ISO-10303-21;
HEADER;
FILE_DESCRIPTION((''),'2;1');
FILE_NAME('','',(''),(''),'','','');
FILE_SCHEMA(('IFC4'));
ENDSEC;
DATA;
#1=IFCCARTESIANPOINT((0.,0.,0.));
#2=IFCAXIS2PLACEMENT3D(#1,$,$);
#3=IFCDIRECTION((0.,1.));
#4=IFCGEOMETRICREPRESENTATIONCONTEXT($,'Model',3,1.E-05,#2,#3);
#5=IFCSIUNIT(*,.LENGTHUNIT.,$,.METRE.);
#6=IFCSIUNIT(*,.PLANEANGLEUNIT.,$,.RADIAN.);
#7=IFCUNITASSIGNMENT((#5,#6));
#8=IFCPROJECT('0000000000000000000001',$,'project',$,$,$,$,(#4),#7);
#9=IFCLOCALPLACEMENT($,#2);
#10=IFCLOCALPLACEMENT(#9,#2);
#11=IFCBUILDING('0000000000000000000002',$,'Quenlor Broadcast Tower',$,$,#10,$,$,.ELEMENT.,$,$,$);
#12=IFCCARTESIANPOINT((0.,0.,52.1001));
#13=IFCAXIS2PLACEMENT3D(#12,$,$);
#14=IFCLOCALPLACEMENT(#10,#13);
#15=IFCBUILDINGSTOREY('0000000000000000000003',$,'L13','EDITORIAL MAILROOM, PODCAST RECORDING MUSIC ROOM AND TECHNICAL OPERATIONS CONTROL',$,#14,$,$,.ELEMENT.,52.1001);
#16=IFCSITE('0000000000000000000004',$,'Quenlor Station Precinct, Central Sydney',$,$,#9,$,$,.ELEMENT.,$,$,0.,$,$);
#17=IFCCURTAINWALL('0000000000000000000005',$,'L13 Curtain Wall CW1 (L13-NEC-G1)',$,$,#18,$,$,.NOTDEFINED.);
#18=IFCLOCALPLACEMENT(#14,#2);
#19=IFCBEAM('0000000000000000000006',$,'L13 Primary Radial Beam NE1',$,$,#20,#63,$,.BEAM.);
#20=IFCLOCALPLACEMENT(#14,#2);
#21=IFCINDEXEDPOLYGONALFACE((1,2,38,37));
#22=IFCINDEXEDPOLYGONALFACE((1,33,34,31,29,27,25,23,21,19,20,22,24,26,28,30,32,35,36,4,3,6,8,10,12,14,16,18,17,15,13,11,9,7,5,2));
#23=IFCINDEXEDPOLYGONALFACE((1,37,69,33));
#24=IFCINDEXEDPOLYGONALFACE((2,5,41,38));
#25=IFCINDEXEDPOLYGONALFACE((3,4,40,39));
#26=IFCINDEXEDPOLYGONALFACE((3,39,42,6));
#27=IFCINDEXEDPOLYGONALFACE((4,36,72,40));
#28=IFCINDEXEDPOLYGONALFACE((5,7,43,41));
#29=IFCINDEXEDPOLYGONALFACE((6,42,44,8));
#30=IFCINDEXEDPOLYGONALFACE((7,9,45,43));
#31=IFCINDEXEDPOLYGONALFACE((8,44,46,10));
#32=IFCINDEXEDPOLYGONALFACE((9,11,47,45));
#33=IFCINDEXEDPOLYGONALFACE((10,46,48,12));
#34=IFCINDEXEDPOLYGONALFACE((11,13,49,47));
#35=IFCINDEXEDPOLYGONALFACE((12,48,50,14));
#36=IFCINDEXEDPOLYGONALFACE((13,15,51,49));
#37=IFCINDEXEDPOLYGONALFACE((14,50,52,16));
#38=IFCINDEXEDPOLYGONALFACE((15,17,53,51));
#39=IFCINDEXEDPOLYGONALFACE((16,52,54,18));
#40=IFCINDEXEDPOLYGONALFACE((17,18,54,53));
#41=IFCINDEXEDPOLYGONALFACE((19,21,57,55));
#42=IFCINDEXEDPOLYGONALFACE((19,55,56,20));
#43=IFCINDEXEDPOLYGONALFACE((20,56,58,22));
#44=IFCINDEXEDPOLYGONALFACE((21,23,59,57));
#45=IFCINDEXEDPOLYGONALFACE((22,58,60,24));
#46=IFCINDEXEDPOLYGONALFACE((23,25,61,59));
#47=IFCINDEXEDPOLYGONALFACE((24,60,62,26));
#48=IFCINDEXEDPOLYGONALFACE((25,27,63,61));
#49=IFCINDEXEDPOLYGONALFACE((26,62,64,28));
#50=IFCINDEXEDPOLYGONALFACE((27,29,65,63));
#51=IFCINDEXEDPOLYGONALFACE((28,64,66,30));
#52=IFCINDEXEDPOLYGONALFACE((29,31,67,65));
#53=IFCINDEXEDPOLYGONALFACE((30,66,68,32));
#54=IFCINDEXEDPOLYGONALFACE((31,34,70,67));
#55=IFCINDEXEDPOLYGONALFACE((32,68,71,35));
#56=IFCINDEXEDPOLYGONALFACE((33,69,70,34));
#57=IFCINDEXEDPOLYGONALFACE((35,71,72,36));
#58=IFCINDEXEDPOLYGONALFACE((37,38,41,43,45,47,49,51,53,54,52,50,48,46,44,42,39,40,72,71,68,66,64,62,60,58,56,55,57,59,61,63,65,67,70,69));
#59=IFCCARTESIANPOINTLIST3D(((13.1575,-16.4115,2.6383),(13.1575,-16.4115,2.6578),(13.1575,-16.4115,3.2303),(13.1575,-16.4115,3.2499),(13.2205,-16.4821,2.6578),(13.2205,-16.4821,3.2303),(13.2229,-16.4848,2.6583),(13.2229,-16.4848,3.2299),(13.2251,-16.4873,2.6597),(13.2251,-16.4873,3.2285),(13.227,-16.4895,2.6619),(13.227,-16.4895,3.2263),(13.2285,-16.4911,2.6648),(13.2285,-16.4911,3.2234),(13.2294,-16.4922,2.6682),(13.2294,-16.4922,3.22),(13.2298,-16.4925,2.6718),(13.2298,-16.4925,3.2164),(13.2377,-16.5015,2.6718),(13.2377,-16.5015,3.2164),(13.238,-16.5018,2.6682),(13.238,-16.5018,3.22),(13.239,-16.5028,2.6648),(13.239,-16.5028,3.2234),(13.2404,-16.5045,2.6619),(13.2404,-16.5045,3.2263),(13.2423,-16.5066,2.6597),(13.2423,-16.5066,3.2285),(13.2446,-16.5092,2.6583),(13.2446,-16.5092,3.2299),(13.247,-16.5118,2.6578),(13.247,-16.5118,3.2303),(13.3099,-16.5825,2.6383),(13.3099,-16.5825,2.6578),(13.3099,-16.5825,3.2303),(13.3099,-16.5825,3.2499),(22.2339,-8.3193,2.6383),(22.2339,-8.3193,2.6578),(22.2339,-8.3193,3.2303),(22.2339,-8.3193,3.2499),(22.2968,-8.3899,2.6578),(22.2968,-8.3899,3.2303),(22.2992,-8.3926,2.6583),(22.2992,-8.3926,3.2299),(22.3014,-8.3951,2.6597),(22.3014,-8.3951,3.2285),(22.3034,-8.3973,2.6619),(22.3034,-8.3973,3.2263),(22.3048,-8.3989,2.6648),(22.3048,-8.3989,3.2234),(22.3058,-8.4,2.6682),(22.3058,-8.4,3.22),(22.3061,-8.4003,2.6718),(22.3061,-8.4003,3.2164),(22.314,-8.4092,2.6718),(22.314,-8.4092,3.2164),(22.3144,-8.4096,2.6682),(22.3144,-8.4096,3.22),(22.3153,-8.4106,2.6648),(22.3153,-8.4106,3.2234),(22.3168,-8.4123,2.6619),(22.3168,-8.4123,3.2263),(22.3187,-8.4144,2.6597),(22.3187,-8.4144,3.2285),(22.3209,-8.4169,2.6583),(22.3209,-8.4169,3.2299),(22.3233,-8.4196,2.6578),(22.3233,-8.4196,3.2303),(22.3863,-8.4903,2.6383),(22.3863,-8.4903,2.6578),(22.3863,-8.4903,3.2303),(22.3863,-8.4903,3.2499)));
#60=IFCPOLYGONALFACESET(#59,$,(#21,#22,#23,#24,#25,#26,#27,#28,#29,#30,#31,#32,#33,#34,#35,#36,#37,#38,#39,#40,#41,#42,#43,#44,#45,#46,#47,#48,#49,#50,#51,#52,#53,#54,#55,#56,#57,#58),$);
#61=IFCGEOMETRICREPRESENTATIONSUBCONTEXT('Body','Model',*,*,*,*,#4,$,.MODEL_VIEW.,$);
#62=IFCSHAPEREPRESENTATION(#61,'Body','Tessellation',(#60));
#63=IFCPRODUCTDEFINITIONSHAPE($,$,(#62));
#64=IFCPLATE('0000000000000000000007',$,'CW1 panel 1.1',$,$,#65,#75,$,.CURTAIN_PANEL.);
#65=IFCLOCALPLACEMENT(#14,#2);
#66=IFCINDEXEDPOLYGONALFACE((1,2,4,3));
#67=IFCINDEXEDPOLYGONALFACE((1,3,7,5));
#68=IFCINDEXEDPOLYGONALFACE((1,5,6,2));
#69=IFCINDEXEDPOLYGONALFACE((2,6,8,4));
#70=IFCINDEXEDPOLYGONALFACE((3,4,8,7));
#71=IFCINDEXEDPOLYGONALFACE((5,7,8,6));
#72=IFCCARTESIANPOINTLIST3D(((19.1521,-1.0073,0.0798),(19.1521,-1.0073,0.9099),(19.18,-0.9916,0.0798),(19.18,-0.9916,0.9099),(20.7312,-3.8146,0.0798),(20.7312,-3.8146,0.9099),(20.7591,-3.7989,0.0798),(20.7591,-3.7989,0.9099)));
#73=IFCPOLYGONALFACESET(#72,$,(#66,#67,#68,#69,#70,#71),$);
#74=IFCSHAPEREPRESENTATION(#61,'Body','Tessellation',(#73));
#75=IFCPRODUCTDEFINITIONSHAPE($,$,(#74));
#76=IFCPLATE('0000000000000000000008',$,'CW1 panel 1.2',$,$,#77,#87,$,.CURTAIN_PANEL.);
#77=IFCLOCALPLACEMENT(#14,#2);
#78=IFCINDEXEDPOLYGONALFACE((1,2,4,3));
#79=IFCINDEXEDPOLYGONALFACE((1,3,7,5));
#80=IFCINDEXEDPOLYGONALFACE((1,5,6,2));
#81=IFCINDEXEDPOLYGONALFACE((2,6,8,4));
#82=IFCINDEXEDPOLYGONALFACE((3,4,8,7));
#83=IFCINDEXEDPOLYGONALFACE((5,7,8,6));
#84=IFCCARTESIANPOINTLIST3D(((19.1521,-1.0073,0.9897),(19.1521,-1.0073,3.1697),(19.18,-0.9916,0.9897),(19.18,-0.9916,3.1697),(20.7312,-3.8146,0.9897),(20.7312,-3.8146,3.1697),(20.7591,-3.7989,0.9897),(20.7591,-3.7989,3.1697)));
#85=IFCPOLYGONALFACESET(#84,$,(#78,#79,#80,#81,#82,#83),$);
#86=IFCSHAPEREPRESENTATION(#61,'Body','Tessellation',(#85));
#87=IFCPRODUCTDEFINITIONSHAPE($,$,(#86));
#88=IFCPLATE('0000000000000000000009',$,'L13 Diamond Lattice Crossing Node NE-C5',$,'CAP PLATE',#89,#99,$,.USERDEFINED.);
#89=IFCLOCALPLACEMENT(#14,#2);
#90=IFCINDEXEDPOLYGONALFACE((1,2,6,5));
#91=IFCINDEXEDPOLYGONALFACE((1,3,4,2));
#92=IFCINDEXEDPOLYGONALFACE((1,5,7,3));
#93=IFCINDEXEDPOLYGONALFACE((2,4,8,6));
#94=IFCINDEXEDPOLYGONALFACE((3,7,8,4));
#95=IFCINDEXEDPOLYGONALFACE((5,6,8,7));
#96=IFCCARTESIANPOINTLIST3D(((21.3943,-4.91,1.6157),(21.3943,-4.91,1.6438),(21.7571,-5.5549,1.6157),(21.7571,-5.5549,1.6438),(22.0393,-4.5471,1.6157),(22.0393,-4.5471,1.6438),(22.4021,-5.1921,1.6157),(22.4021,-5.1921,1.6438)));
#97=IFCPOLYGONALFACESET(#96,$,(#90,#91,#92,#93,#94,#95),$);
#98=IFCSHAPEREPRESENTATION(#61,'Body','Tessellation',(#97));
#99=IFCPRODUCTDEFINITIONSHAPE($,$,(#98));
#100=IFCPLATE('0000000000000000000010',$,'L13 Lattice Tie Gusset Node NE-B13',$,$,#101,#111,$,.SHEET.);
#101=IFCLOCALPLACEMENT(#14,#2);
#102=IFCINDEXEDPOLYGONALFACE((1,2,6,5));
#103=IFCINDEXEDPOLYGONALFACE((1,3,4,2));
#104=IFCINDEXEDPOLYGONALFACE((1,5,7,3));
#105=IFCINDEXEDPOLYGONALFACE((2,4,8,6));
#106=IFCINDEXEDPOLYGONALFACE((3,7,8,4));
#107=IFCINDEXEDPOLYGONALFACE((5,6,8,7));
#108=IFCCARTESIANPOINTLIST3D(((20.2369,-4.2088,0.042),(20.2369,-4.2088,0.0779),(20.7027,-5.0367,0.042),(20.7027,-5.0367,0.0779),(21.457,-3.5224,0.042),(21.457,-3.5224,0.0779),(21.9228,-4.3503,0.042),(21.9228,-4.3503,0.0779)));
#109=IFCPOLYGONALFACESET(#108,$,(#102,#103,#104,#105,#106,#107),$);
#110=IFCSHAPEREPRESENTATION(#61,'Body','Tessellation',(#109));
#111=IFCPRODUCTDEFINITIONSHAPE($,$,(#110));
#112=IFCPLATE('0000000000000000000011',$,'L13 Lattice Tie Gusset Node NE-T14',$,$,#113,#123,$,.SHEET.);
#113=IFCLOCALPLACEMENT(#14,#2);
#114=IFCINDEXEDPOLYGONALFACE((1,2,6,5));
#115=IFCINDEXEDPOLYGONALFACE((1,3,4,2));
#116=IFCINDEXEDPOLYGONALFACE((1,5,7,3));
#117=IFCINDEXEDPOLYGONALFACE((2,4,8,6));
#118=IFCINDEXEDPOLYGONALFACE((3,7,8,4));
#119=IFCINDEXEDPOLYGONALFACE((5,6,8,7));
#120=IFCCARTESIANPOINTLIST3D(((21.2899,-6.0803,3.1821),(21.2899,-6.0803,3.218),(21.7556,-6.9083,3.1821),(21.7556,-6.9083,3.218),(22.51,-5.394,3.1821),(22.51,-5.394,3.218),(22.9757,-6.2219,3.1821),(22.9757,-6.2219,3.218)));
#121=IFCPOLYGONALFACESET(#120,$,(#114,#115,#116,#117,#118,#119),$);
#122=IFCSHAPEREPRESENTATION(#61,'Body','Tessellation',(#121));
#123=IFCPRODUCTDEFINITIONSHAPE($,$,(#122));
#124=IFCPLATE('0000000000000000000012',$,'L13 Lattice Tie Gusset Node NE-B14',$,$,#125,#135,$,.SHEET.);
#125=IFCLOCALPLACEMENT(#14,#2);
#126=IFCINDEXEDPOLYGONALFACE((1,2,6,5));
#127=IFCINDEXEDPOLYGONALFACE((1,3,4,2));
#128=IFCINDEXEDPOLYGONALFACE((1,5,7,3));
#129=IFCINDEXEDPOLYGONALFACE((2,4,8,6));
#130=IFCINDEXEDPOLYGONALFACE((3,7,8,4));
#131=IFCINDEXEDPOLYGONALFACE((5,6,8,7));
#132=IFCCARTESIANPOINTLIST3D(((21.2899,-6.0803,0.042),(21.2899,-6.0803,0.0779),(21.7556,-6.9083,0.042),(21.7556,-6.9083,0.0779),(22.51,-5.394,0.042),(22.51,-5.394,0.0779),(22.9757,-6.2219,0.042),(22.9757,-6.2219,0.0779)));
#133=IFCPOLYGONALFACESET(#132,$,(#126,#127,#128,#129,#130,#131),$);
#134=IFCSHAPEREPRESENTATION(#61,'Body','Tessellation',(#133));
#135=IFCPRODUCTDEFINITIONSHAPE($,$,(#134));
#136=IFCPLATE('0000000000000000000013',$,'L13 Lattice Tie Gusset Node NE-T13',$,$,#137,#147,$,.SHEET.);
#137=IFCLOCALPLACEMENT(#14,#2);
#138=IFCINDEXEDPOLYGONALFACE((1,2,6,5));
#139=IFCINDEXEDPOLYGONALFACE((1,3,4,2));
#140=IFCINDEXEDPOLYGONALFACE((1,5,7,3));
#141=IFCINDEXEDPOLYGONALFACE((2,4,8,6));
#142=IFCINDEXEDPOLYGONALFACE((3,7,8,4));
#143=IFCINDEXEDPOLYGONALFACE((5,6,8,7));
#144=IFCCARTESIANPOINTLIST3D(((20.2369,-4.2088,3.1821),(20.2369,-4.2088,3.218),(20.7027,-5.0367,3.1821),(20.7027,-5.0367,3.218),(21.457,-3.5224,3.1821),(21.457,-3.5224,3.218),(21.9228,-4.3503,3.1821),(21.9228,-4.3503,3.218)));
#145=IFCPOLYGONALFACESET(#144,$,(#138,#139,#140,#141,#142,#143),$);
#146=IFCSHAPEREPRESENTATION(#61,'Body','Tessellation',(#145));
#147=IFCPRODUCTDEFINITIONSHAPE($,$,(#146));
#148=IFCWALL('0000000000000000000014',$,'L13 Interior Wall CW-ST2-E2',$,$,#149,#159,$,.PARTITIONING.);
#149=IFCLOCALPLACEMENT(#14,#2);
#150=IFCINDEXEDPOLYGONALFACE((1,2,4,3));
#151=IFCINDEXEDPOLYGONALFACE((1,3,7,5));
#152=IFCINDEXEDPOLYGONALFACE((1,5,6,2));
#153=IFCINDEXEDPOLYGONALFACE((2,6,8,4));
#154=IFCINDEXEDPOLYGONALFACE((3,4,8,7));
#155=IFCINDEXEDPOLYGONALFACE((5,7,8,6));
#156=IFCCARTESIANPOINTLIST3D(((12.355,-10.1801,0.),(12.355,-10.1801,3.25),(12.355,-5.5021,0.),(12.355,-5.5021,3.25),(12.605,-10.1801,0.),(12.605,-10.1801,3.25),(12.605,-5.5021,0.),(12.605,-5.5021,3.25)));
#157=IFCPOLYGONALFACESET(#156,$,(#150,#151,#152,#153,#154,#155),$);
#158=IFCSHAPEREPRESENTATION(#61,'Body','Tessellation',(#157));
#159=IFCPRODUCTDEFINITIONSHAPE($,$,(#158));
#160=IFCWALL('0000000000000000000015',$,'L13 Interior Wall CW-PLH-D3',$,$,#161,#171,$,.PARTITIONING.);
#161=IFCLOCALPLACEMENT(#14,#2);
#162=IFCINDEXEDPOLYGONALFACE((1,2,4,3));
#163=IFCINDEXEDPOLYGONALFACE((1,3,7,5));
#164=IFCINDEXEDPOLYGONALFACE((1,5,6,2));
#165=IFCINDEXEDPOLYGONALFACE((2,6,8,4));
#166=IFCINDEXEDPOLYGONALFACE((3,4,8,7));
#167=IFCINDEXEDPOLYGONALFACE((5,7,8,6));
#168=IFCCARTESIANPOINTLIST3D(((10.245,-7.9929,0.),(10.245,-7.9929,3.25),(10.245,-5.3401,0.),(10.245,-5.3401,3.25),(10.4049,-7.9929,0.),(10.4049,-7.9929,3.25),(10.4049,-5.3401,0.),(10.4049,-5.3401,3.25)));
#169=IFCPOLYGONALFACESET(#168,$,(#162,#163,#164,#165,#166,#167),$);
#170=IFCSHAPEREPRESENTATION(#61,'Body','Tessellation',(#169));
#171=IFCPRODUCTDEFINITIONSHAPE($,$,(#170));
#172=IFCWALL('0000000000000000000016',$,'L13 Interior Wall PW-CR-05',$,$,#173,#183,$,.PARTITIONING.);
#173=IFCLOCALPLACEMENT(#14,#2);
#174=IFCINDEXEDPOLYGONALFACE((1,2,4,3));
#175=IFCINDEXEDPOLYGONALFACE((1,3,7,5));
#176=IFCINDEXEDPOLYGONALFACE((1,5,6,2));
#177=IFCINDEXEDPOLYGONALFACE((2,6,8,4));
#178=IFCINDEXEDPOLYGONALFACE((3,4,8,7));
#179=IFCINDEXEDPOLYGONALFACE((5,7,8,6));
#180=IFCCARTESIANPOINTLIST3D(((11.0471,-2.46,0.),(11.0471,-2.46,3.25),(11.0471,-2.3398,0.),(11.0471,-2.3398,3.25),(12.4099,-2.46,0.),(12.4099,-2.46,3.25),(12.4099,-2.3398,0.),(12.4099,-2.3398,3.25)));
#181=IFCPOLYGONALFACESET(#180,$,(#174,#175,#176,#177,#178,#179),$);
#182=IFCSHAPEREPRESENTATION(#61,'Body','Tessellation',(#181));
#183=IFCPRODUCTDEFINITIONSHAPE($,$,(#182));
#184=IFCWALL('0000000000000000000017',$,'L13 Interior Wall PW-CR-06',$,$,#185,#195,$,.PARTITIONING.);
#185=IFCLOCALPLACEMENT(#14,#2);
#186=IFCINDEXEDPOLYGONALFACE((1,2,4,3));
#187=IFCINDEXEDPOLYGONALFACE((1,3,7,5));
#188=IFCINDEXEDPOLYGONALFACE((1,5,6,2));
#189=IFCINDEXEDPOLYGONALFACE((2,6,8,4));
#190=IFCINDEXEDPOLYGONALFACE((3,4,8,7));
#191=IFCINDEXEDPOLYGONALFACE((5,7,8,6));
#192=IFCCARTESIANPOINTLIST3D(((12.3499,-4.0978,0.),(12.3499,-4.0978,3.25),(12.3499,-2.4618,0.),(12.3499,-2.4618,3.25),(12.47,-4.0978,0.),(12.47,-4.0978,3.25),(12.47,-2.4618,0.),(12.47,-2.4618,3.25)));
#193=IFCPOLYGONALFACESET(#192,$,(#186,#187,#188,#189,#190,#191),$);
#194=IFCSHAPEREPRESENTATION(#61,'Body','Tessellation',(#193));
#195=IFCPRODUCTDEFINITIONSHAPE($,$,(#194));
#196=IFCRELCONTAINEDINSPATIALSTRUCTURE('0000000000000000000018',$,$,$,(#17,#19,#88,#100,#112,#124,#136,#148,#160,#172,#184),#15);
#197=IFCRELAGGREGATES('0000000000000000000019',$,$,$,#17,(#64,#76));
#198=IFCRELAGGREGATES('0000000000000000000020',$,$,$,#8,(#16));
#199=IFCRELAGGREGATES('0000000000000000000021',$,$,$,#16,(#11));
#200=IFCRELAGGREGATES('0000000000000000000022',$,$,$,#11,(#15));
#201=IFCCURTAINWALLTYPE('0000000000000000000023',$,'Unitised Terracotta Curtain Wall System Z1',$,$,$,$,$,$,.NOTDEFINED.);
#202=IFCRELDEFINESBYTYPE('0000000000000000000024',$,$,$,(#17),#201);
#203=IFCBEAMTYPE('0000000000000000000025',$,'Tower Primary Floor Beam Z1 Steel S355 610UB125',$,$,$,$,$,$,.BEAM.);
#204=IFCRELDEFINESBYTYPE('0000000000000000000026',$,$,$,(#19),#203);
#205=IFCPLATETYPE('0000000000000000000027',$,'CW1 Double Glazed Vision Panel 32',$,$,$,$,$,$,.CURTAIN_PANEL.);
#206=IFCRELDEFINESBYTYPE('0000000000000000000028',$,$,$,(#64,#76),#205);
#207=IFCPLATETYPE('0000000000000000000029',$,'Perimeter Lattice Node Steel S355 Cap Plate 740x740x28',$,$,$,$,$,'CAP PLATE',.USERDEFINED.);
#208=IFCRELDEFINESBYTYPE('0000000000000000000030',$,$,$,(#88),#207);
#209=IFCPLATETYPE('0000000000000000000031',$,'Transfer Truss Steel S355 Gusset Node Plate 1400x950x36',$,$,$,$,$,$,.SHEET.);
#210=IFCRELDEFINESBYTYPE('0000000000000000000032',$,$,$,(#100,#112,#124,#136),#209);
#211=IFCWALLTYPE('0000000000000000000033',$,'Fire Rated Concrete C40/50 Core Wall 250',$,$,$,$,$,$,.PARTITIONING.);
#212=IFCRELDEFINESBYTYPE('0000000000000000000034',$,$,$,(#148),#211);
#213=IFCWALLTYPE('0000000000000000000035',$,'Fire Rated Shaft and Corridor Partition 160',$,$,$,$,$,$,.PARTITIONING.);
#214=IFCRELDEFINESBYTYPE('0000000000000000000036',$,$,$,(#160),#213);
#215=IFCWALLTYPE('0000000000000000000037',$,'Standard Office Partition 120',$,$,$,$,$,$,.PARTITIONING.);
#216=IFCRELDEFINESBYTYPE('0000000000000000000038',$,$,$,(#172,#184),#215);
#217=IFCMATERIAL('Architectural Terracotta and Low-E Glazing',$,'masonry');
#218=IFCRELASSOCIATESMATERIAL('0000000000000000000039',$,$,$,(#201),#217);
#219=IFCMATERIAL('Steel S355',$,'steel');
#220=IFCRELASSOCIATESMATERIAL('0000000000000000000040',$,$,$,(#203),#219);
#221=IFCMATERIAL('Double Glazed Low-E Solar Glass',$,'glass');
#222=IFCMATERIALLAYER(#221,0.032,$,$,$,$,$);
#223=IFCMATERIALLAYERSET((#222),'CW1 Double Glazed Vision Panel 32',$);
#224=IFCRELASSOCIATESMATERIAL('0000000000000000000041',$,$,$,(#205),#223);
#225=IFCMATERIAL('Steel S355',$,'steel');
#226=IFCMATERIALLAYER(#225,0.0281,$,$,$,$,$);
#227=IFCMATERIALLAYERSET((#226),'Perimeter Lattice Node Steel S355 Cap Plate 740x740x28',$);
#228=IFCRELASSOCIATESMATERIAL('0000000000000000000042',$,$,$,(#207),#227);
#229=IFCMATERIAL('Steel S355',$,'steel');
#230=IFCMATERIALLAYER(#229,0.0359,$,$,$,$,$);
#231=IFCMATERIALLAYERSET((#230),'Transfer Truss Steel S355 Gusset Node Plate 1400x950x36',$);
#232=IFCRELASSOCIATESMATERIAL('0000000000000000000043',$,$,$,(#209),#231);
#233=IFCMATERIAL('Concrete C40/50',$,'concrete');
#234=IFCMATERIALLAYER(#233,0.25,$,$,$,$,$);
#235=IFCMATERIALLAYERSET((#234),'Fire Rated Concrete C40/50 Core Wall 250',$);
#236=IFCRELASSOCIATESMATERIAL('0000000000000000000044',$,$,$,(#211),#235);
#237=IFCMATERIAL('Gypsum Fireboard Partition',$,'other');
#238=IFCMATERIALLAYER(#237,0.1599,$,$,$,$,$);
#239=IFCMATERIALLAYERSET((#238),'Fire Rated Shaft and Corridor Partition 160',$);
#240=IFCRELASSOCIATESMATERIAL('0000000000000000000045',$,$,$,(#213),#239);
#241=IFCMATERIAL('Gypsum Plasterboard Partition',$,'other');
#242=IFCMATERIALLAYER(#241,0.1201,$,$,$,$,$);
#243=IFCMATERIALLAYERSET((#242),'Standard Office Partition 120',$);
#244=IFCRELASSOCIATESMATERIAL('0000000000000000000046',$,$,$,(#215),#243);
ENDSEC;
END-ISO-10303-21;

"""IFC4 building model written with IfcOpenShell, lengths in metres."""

from ifc_helpers import new_model, si_unit, direction, frame, frame_2d, origin, origin_2d, place, context, subcontext, project, spatial, rectangle, i_section, extrude, material, layer, layer_set, material_profile, profile_set, type_object, element, aggregate, save


model = new_model("IFC4")

# Units and contexts
model_context = context("Model", 3, precision=1e-05, world=origin(), true_north=direction((0.0, 1.0)))
body_context = subcontext(model_context, "Body", "Model", "MODEL_VIEW")
ifc_project = project(units=[si_unit("LENGTHUNIT", "METRE"), si_unit("PLANEANGLEUNIT", "RADIAN")], contexts=[model_context])

# Site, building, storey
site_placement = place(None, origin())
site = spatial("IfcSite", under=ifc_project, at=site_placement, Name="Quenlor Station Precinct, Central Sydney", CompositionType="ELEMENT", RefElevation=0.0)
building_placement = place(site_placement, origin())
building = spatial("IfcBuilding", under=site, at=building_placement, Name="Quenlor Broadcast Tower", CompositionType="ELEMENT")
storey_placement = place(building_placement, frame((0.0, 0.0, 52.1001)))
storey = spatial("IfcBuildingStorey", under=building, at=storey_placement, Name="L13", Description="EDITORIAL MAILROOM, PODCAST RECORDING MUSIC ROOM AND TECHNICAL OPERATIONS CONTROL", CompositionType="ELEMENT", Elevation=52.1001)

# Curtain wall
ifc_material_1 = material(Name="Architectural Terracotta and Low-E Glazing", Category="masonry")
curtain_wall_type = type_object("IfcCurtainWallType", Name="Unitised Terracotta Curtain Wall System Z1", PredefinedType="NOTDEFINED", material=ifc_material_1)
curtain_wall_placement = place(storey_placement, origin())
curtain_wall = element("IfcCurtainWall", 1, at=curtain_wall_placement, inside=storey, type_object=curtain_wall_type, Name="L13 Curtain Wall CW1 (L13-NEC-G1)", PredefinedType="NOTDEFINED")

# Beam
ifc_material_2 = material(Name="Steel S355", Category="steel")
ifc_material_profile_1 = material_profile(ifc_material_2, i_section(OverallWidth=0.229, OverallDepth=0.6116, WebThickness=0.012, FlangeThickness=0.0195, FilletRadius=0.0139, at=origin_2d()))
ifc_profile_set_1 = profile_set([ifc_material_profile_1], Name="Steel S355 610UB125")
beam_type_1 = type_object("IfcBeamType", Name="Tower Primary Floor Beam Z1 Steel S355 610UB125", PredefinedType="BEAM", material=ifc_profile_set_1)
beam_1_placement = place(storey_placement, frame((22.3101, -8.4048, 2.9441), z_axis=(-0.746414, -0.665482, 0.0), x_axis=(0.665482, -0.746414, 0.0)))
element("IfcBeam", 2, at=beam_1_placement, inside=storey, type_object=beam_type_1, Name="L13 Primary Radial Beam NE1", PredefinedType="BEAM", context=body_context, shape_type="SweptSolid", body=[
    extrude(i_section(OverallWidth=0.229, OverallDepth=0.6116, WebThickness=0.012, FlangeThickness=0.0195, FilletRadius=0.0139, at=origin_2d()), origin(), (0.0, 0.0, 1.0), 12.1599),
])

# Plates
ifc_material_3 = material(Name="Double Glazed Low-E Solar Glass", Category="glass")
ifc_layer_1 = layer(ifc_material_3, 0.032)
ifc_layer_set_1 = layer_set([ifc_layer_1], Name="CW1 Double Glazed Vision Panel 32")
plate_type_1 = type_object("IfcPlateType", Name="CW1 Double Glazed Vision Panel 32", PredefinedType="CURTAIN_PANEL", material=ifc_layer_set_1)
plate_1_placement = place(storey_placement, frame((19.9556, -2.4031, 0.0798), z_axis=(0.0, 0.0, 1.0), x_axis=(0.490257, -0.871578, 0.0)))
plate_1 = element("IfcPlate", 3, at=plate_1_placement, type_object=plate_type_1, Name="CW1 panel 1.1", PredefinedType="CURTAIN_PANEL", context=body_context, shape_type="SweptSolid", body=[
    extrude(rectangle(XDim=3.2209, YDim=0.032, at=origin_2d()), origin(), (0.0, 0.0, 1.0), 0.8301),
])
plate_2_placement = place(storey_placement, frame((19.9556, -2.4031, 0.9897), z_axis=(0.0, 0.0, 1.0), x_axis=(0.490257, -0.871578, 0.0)))
plate_2 = element("IfcPlate", 4, at=plate_2_placement, type_object=plate_type_1, Name="CW1 panel 1.2", PredefinedType="CURTAIN_PANEL", context=body_context, shape_type="SweptSolid", body=[
    extrude(rectangle(XDim=3.2209, YDim=0.032, at=origin_2d()), origin(), (0.0, 0.0, 1.0), 2.1799),
])
aggregate(curtain_wall, [plate_1, plate_2])

# Plates
ifc_material_4 = material(Name="Steel S355", Category="steel")
ifc_layer_2 = layer(ifc_material_4, 0.0281)
ifc_layer_set_2 = layer_set([ifc_layer_2], Name="Perimeter Lattice Node Steel S355 Cap Plate 740x740x28")
plate_type_2 = type_object("IfcPlateType", Name="Perimeter Lattice Node Steel S355 Cap Plate 740x740x28", ElementType="CAP PLATE", PredefinedType="USERDEFINED", material=ifc_layer_set_2)
plate_3_placement = place(storey_placement, frame((21.8982, -5.051, 1.6157), z_axis=(0.0, 0.0, 1.0), x_axis=(0.490295, -0.871556, 0.0)))
element("IfcPlate", 5, at=plate_3_placement, inside=storey, type_object=plate_type_2, Name="L13 Diamond Lattice Crossing Node NE-C5", ObjectType="CAP PLATE", PredefinedType="USERDEFINED", context=body_context, shape_type="SweptSolid", body=[
    extrude(rectangle(XDim=0.74, YDim=0.74, at=origin_2d()), origin(), (0.0, 0.0, 1.0), 0.0281),
])
ifc_material_5 = material(Name="Steel S355", Category="steel")
ifc_layer_3 = layer(ifc_material_5, 0.0359)
ifc_layer_set_3 = layer_set([ifc_layer_3], Name="Transfer Truss Steel S355 Gusset Node Plate 1400x950x36")
plate_type_3 = type_object("IfcPlateType", Name="Transfer Truss Steel S355 Gusset Node Plate 1400x950x36", PredefinedType="SHEET", material=ifc_layer_set_3)
for number, where, z_axis, x_axis, name in (
    (6, (21.0798, -4.2795, 0.042), (0.0, 0.0, 1.0), (0.871556, 0.490295, 0.0), "L13 Lattice Tie Gusset Node NE-B13"),
    (7, (22.1328, -6.1511, 3.1821), (0.0, 0.0, 1.0), (0.871556, 0.490295, 0.0), "L13 Lattice Tie Gusset Node NE-T14"),
    (8, (22.1328, -6.1511, 0.042), (0.0, 0.0, 1.0), (0.871556, 0.490295, 0.0), "L13 Lattice Tie Gusset Node NE-B14"),
    (9, (21.0798, -4.2795, 3.1821), (0.0, 0.0, 1.0), (0.871556, 0.490295, 0.0), "L13 Lattice Tie Gusset Node NE-T13"),
):
    element("IfcPlate", number, at=place(storey_placement, frame(where, z_axis=z_axis, x_axis=x_axis)), inside=storey, type_object=plate_type_3, Name=name, PredefinedType="SHEET", context=body_context, shape_type="SweptSolid", body=[
        extrude(rectangle(XDim=1.3999, YDim=0.95, at=origin_2d()), origin(), (0.0, 0.0, 1.0), 0.0359),
    ])

# Walls
ifc_material_6 = material(Name="Concrete C40/50", Category="concrete")
ifc_layer_4 = layer(ifc_material_6, 0.25)
ifc_layer_set_4 = layer_set([ifc_layer_4], Name="Fire Rated Concrete C40/50 Core Wall 250")
wall_type_1 = type_object("IfcWallType", Name="Fire Rated Concrete C40/50 Core Wall 250", PredefinedType="PARTITIONING", material=ifc_layer_set_4)
wall_1_placement = place(storey_placement, frame((12.48, -10.1799, 0.0), z_axis=(0.0, 0.0, 1.0), x_axis=(0.0, 1.0, 0.0)))
element("IfcWall", 10, at=wall_1_placement, inside=storey, type_object=wall_type_1, Name="L13 Interior Wall CW-ST2-E2", PredefinedType="PARTITIONING", context=body_context, shape_type="SweptSolid", body=[
    extrude(rectangle(XDim=4.678, YDim=0.25, at=frame_2d((2.3389, 0.0))), origin(), (0.0, 0.0, 1.0), 3.25),
])
ifc_material_7 = material(Name="Gypsum Fireboard Partition", Category="other")
ifc_layer_5 = layer(ifc_material_7, 0.1599)
ifc_layer_set_5 = layer_set([ifc_layer_5], Name="Fire Rated Shaft and Corridor Partition 160")
wall_type_2 = type_object("IfcWallType", Name="Fire Rated Shaft and Corridor Partition 160", PredefinedType="PARTITIONING", material=ifc_layer_set_5)
wall_2_placement = place(storey_placement, frame((10.325, -7.9929, 0.0), z_axis=(0.0, 0.0, 1.0), x_axis=(0.0, 1.0, 0.0)))
element("IfcWall", 11, at=wall_2_placement, inside=storey, type_object=wall_type_2, Name="L13 Interior Wall CW-PLH-D3", PredefinedType="PARTITIONING", context=body_context, shape_type="SweptSolid", body=[
    extrude(rectangle(XDim=2.6528, YDim=0.1599, at=frame_2d((1.3264, 0.0))), origin(), (0.0, 0.0, 1.0), 3.25),
])
ifc_material_8 = material(Name="Gypsum Plasterboard Partition", Category="other")
ifc_layer_6 = layer(ifc_material_8, 0.1201)
ifc_layer_set_6 = layer_set([ifc_layer_6], Name="Standard Office Partition 120")
wall_type_3 = type_object("IfcWallType", Name="Standard Office Partition 120", PredefinedType="PARTITIONING", material=ifc_layer_set_6)
wall_3_placement = place(storey_placement, frame((11.0471, -2.3999, 0.0), z_axis=(0.0, 0.0, 1.0), x_axis=(1.0, 0.0, 0.0)))
element("IfcWall", 12, at=wall_3_placement, inside=storey, type_object=wall_type_3, Name="L13 Interior Wall PW-CR-05", PredefinedType="PARTITIONING", context=body_context, shape_type="SweptSolid", body=[
    extrude(rectangle(XDim=1.3628, YDim=0.1201, at=frame_2d((0.6814, 0.0))), origin(), (0.0, 0.0, 1.0), 3.25),
])
wall_4_placement = place(storey_placement, frame((12.4099, -2.4619, 0.0), z_axis=(0.0, 0.0, 1.0), x_axis=(0.0, -1.0, 0.0)))
element("IfcWall", 13, at=wall_4_placement, inside=storey, type_object=wall_type_3, Name="L13 Interior Wall PW-CR-06", PredefinedType="PARTITIONING", context=body_context, shape_type="SweptSolid", body=[
    extrude(rectangle(XDim=1.636, YDim=0.1201, at=frame_2d((0.8179, 0.0))), origin(), (0.0, 0.0, 1.0), 3.25),
])

save(model, "model.ifc")
